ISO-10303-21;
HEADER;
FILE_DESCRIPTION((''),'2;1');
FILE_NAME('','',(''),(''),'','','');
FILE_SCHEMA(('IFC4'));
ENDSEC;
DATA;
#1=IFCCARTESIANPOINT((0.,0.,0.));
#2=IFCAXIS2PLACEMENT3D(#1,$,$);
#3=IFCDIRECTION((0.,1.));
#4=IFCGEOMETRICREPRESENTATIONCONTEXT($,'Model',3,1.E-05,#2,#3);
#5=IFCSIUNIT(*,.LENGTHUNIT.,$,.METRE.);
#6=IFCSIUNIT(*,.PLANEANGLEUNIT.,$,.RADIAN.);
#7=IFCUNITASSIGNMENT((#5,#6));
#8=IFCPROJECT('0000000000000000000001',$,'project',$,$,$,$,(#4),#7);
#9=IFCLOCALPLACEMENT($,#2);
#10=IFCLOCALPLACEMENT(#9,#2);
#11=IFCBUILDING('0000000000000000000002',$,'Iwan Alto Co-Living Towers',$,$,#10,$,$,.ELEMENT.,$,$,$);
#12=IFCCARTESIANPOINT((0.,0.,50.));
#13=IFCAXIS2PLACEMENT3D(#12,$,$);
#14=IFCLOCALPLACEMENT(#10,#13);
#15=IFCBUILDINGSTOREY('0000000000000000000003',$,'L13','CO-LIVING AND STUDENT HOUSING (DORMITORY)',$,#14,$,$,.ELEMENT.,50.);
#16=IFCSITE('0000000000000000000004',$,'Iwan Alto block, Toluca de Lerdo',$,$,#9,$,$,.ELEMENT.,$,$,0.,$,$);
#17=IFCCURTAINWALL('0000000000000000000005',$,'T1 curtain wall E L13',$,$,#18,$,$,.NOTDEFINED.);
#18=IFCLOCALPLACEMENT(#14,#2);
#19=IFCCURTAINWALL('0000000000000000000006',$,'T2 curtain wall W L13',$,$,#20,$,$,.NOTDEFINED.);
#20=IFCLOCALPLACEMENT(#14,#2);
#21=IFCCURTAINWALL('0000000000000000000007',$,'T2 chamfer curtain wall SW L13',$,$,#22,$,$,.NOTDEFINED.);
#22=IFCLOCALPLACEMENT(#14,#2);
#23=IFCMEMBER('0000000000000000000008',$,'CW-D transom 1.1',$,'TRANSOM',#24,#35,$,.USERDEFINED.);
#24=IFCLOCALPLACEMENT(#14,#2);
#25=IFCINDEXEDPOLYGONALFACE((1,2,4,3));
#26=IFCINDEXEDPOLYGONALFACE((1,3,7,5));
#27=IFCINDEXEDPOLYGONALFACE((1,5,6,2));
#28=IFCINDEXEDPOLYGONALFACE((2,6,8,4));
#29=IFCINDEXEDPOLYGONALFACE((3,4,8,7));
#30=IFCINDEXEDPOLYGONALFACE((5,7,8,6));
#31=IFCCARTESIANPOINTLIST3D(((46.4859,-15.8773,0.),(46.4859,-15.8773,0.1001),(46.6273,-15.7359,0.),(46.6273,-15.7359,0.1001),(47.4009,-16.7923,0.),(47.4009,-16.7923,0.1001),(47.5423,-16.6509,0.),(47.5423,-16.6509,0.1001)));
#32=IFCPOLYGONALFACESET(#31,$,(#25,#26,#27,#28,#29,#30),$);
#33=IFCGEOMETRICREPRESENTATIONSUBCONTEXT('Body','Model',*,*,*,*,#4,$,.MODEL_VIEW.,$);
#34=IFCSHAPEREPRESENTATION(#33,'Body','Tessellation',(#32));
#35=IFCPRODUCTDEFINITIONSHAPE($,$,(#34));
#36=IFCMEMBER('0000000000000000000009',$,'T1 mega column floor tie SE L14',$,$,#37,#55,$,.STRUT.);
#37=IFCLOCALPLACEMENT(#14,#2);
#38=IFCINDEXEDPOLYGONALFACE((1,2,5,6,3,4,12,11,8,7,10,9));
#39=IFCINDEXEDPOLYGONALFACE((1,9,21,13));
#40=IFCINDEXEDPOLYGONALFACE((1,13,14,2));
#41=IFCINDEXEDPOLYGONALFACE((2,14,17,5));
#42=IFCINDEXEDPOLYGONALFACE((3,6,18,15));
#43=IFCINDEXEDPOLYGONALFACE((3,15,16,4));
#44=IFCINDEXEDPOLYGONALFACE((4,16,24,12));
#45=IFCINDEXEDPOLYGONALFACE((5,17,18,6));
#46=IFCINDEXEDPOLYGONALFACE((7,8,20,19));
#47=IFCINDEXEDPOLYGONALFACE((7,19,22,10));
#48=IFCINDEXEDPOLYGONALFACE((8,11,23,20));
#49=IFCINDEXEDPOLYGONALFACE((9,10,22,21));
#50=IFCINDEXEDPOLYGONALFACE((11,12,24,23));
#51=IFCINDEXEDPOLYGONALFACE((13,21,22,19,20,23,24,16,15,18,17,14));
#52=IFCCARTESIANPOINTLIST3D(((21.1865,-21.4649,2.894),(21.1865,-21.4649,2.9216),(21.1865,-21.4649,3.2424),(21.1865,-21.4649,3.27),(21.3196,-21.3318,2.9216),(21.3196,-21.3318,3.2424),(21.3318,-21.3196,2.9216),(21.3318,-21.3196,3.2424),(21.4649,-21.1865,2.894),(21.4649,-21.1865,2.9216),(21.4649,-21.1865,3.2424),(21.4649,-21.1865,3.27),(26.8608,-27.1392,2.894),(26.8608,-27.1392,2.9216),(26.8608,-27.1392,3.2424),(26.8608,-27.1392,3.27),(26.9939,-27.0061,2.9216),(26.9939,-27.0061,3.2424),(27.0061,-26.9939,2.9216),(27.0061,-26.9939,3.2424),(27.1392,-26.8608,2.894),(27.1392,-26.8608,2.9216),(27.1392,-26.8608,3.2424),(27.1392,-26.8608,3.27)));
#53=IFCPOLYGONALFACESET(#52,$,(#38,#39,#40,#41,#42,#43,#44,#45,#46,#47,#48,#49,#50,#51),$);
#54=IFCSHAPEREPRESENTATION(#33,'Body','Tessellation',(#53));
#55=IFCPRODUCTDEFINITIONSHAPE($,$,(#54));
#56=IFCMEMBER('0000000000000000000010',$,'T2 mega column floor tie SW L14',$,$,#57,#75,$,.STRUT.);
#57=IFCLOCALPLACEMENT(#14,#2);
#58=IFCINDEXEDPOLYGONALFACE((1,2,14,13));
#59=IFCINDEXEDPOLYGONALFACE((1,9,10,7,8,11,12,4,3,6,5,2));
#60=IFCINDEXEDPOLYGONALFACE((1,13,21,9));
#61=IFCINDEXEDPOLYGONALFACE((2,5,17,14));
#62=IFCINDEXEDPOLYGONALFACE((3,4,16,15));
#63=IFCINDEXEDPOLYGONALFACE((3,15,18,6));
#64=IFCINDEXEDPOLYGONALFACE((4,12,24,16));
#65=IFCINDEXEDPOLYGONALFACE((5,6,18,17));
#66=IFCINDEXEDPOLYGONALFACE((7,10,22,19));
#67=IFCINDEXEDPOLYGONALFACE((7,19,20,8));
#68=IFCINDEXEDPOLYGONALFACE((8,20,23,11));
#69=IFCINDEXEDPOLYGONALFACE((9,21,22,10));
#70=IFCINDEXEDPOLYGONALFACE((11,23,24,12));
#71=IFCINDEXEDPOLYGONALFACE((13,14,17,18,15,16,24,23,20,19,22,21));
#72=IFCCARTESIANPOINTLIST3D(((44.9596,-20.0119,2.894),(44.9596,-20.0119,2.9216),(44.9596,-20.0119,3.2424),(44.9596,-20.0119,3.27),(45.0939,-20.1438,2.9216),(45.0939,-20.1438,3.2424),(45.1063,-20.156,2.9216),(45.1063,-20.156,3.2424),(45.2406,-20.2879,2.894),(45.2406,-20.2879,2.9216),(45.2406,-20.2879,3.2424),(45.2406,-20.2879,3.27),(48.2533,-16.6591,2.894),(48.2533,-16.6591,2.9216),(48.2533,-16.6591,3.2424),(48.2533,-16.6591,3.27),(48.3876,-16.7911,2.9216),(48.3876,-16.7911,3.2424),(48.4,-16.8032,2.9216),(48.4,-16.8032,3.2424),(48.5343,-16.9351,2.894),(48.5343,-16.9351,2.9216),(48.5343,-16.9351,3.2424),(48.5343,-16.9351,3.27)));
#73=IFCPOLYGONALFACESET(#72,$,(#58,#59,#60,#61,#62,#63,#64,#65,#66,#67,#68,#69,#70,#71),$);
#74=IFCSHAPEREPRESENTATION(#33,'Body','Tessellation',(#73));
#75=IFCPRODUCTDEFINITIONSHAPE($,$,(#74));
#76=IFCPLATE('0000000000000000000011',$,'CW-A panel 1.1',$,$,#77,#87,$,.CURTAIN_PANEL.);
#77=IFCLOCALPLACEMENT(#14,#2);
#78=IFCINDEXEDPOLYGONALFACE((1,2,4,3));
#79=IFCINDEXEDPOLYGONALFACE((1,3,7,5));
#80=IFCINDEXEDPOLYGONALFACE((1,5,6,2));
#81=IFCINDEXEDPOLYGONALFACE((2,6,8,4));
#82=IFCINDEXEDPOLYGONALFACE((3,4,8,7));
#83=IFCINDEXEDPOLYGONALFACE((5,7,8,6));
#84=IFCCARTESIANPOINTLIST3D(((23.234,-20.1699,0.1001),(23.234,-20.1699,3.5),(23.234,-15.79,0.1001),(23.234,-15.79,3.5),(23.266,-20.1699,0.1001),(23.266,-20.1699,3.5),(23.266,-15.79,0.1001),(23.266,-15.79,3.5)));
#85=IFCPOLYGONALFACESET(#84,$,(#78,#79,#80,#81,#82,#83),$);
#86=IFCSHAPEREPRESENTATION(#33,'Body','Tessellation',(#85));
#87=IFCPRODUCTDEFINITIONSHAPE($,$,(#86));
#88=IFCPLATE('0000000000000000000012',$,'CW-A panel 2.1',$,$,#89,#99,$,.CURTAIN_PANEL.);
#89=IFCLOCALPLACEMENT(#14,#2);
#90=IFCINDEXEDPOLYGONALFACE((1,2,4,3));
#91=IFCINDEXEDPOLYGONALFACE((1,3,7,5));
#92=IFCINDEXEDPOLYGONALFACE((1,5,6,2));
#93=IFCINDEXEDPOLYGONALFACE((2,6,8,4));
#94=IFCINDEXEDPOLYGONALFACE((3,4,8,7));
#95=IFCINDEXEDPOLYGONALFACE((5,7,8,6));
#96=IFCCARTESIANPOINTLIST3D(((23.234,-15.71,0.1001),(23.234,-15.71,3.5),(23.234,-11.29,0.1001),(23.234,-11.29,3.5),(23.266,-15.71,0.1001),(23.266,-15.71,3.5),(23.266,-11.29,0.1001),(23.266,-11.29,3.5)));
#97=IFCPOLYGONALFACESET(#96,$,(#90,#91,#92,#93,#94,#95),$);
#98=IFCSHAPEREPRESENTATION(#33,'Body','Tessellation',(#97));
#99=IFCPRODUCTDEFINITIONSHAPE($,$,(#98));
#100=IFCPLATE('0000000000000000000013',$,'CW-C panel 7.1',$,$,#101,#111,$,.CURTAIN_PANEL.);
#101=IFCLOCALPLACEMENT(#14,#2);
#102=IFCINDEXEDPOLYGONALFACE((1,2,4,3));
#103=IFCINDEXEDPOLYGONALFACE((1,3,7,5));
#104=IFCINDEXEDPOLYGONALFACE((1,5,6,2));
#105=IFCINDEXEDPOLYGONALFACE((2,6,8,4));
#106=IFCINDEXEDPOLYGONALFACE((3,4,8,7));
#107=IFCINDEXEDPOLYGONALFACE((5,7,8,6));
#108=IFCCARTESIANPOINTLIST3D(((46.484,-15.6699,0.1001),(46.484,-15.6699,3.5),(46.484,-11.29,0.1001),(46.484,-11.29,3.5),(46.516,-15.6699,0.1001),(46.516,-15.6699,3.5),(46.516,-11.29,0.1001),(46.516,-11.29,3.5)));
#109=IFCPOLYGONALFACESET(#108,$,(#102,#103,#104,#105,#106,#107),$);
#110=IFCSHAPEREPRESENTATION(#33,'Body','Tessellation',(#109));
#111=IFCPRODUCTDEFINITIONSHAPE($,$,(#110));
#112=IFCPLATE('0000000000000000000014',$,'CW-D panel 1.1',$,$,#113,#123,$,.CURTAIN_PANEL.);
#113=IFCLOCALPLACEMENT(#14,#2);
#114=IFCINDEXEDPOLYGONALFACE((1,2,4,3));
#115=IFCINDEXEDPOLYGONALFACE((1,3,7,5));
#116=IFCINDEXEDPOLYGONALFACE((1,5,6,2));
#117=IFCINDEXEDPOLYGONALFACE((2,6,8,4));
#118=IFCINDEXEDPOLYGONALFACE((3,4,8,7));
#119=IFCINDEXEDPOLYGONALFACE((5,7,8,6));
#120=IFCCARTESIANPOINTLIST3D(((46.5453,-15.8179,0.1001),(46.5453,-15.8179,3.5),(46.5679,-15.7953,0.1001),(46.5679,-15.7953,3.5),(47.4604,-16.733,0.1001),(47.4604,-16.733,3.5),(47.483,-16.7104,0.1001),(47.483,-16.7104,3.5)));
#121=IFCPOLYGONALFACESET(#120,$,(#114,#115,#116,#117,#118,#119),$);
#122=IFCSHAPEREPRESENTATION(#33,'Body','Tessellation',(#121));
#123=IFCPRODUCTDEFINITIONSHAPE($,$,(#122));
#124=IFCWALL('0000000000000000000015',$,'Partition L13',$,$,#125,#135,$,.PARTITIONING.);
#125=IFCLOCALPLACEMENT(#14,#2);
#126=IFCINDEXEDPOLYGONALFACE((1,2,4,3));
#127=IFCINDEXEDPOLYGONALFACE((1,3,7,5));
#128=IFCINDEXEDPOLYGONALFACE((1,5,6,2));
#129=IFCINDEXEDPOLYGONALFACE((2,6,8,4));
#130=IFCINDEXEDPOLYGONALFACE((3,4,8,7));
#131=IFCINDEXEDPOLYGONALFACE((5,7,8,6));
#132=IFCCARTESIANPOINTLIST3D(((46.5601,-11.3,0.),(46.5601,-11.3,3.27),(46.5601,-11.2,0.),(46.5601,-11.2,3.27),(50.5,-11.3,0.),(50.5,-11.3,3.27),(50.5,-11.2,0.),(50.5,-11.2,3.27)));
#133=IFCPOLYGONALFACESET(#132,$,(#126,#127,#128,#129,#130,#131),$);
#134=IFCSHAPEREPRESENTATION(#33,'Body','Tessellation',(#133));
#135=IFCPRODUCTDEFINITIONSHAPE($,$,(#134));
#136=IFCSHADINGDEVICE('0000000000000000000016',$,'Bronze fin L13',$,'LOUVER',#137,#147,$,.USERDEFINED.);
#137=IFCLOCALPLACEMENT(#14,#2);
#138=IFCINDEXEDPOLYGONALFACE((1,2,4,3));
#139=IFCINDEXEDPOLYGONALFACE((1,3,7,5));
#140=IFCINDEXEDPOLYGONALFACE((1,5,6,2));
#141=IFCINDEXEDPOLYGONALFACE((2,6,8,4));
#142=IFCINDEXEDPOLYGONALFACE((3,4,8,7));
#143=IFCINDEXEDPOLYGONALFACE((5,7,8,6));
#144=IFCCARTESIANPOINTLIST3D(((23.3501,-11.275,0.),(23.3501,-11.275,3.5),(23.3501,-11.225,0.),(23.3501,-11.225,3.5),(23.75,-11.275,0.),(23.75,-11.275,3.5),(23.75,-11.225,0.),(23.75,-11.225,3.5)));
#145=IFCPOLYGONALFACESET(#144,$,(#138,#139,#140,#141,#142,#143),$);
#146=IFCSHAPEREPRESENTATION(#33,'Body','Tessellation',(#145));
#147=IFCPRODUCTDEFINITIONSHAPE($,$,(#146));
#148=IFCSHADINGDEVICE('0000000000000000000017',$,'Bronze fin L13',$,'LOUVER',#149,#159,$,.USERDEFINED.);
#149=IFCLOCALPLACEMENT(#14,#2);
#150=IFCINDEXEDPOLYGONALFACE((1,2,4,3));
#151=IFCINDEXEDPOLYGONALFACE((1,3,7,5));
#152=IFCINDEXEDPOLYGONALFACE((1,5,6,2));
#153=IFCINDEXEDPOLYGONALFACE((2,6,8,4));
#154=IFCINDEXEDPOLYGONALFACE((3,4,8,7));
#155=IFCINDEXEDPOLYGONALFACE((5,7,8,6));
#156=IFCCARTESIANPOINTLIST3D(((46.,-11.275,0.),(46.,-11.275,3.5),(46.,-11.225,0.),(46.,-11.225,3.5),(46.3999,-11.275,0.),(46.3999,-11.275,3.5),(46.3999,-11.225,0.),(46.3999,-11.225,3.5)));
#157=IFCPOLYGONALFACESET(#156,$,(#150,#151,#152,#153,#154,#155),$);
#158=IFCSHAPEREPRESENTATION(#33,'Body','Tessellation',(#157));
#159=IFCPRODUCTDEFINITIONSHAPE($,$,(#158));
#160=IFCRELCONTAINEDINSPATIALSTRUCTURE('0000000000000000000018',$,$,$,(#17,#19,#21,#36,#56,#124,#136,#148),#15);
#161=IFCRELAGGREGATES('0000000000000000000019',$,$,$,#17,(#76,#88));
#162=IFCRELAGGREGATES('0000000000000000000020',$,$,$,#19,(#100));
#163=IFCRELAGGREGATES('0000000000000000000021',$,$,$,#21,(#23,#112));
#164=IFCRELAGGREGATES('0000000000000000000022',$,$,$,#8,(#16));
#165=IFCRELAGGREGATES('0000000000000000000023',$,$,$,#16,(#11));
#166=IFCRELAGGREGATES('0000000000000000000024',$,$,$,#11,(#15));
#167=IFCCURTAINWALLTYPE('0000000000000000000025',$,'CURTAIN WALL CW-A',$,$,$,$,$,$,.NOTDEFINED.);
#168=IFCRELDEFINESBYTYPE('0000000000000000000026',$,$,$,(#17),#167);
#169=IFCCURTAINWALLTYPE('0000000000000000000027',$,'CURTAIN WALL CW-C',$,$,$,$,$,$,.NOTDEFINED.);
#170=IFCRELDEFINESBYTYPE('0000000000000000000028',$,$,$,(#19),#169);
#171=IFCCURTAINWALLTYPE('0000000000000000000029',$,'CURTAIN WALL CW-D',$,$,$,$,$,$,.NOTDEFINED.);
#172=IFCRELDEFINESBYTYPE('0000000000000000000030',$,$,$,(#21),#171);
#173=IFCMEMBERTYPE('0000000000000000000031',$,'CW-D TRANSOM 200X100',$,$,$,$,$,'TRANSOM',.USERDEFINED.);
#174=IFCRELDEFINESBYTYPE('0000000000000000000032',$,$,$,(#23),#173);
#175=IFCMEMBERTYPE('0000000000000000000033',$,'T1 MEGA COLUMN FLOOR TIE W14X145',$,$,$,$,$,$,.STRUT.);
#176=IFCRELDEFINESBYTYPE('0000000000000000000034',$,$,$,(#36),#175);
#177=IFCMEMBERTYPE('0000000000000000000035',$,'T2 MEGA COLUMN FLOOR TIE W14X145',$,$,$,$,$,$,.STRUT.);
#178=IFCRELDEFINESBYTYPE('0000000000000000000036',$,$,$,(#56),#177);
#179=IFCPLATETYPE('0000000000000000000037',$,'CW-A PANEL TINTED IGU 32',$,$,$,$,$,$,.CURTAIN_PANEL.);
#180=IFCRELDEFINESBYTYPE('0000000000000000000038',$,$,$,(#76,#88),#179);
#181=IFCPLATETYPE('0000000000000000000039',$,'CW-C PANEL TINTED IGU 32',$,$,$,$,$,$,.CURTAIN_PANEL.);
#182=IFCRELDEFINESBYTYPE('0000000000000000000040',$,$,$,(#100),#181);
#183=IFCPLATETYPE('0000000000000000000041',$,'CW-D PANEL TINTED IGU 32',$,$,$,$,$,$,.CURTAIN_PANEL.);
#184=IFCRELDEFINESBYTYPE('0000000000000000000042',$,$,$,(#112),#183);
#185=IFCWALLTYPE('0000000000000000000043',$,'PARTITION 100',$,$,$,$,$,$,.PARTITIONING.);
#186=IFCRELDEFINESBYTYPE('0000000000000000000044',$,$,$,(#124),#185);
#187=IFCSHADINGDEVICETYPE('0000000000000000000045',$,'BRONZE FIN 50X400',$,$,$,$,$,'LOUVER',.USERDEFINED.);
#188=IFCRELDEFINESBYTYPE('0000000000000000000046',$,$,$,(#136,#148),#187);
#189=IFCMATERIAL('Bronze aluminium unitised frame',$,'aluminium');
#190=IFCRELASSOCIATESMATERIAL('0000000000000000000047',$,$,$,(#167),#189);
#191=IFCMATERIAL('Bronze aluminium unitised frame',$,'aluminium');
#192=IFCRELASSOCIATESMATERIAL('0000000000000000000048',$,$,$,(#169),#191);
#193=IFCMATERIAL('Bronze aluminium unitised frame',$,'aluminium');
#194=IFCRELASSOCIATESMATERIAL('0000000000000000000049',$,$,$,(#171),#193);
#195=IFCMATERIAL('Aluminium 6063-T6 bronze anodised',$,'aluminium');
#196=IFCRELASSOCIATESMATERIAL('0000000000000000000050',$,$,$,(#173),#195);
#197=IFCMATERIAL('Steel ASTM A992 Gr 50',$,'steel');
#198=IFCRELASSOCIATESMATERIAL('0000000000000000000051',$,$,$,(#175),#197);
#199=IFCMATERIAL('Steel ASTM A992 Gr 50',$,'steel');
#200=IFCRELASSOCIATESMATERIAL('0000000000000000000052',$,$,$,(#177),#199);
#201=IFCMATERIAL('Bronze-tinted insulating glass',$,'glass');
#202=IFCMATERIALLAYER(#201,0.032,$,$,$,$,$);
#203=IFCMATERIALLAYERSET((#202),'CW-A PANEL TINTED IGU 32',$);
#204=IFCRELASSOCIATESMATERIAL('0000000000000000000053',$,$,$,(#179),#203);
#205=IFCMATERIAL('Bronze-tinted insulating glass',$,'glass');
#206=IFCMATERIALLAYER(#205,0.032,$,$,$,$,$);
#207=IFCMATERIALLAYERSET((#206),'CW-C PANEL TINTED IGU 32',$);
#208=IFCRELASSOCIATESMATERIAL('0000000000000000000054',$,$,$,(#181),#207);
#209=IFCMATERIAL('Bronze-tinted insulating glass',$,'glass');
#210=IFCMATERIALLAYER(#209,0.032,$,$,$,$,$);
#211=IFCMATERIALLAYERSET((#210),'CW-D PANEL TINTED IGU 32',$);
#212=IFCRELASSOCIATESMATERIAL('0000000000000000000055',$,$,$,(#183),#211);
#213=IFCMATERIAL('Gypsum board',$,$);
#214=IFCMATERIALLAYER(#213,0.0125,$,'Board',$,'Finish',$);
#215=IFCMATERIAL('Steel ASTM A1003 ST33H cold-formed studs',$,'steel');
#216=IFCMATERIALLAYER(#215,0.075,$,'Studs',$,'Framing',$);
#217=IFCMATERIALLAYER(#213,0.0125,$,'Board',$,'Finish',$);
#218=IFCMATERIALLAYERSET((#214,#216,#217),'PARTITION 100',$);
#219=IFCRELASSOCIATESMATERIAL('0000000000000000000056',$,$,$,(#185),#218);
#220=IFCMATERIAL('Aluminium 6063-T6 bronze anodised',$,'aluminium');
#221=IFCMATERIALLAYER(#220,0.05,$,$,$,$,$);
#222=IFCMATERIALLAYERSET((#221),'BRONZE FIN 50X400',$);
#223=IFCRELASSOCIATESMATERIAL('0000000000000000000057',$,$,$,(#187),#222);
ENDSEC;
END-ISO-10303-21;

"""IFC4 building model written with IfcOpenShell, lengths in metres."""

from ifc_helpers import new_model, si_unit, direction, frame, frame_2d, origin, origin_2d, place, context, subcontext, project, spatial, rectangle, i_section, extrude, material, layer, layer_set, material_profile, profile_set, type_object, element, aggregate, save


model = new_model("IFC4")

# Units and contexts
model_context = context("Model", 3, precision=1e-05, world=origin(), true_north=direction((0.0, 1.0)))
body_context = subcontext(model_context, "Body", "Model", "MODEL_VIEW")
ifc_project = project(units=[si_unit("LENGTHUNIT", "METRE"), si_unit("PLANEANGLEUNIT", "RADIAN")], contexts=[model_context])

# Site, building, storey
site_placement = place(None, origin())
site = spatial("IfcSite", under=ifc_project, at=site_placement, Name="Iwan Alto block, Toluca de Lerdo", CompositionType="ELEMENT", RefElevation=0.0)
building_placement = place(site_placement, origin())
building = spatial("IfcBuilding", under=site, at=building_placement, Name="Iwan Alto Co-Living Towers", CompositionType="ELEMENT")
storey_placement = place(building_placement, frame((0.0, 0.0, 50.0)))
storey = spatial("IfcBuildingStorey", under=building, at=storey_placement, Name="L13", Description="CO-LIVING AND STUDENT HOUSING (DORMITORY)", CompositionType="ELEMENT", Elevation=50.0)

# Curtain walls, member
ifc_material_1 = material(Name="Bronze aluminium unitised frame", Category="aluminium")
curtain_wall_type_1 = type_object("IfcCurtainWallType", Name="CURTAIN WALL CW-A", PredefinedType="NOTDEFINED", material=ifc_material_1)
curtain_wall_1_placement = place(storey_placement, origin())
curtain_wall_1 = element("IfcCurtainWall", 1, at=curtain_wall_1_placement, inside=storey, type_object=curtain_wall_type_1, Name="T1 curtain wall E L13", PredefinedType="NOTDEFINED")
ifc_material_2 = material(Name="Bronze aluminium unitised frame", Category="aluminium")
curtain_wall_type_2 = type_object("IfcCurtainWallType", Name="CURTAIN WALL CW-C", PredefinedType="NOTDEFINED", material=ifc_material_2)
curtain_wall_2_placement = place(storey_placement, origin())
curtain_wall_2 = element("IfcCurtainWall", 2, at=curtain_wall_2_placement, inside=storey, type_object=curtain_wall_type_2, Name="T2 curtain wall W L13", PredefinedType="NOTDEFINED")
ifc_material_3 = material(Name="Bronze aluminium unitised frame", Category="aluminium")
curtain_wall_type_3 = type_object("IfcCurtainWallType", Name="CURTAIN WALL CW-D", PredefinedType="NOTDEFINED", material=ifc_material_3)
curtain_wall_3_placement = place(storey_placement, origin())
curtain_wall_3 = element("IfcCurtainWall", 3, at=curtain_wall_3_placement, inside=storey, type_object=curtain_wall_type_3, Name="T2 chamfer curtain wall SW L13", PredefinedType="NOTDEFINED")
ifc_material_4 = material(Name="Aluminium 6063-T6 bronze anodised", Category="aluminium")
ifc_material_profile_1 = material_profile(ifc_material_4, rectangle(XDim=0.2, YDim=0.1001, at=origin_2d()), Name="AL 200X100")
ifc_profile_set_1 = profile_set([ifc_material_profile_1], Name="Aluminium 6063-T6 bronze anodised")
member_type_1 = type_object("IfcMemberType", Name="CW-D TRANSOM 200X100", ElementType="TRANSOM", PredefinedType="USERDEFINED", material=ifc_profile_set_1)
member_1_placement = place(storey_placement, frame((46.5566, -15.8066, 0.05), z_axis=(0.707107, -0.707107, 0.0), x_axis=(0.707107, 0.707107, 0.0)))
member_1 = element("IfcMember", 4, at=member_1_placement, type_object=member_type_1, Name="CW-D transom 1.1", ObjectType="TRANSOM", PredefinedType="USERDEFINED", context=body_context, shape_type="SweptSolid", body=[
    extrude(rectangle(XDim=0.2, YDim=0.1001, at=origin_2d()), origin(), (0.0, 0.0, 1.0), 1.2939),
])

# Members
ifc_material_5 = material(Name="Steel ASTM A992 Gr 50", Category="steel")
ifc_material_profile_2 = material_profile(ifc_material_5, i_section(OverallWidth=0.3938, OverallDepth=0.376, WebThickness=0.0173, FlangeThickness=0.0276, at=origin_2d()), Name="W14X145")
ifc_profile_set_2 = profile_set([ifc_material_profile_2], Name="Steel ASTM A992 Gr 50")
member_type_2 = type_object("IfcMemberType", Name="T1 MEGA COLUMN FLOOR TIE W14X145", PredefinedType="STRUT", material=ifc_profile_set_2)
member_2_placement = place(storey_placement, frame((27.0, -27.0, 3.082), z_axis=(-0.707107, 0.707107, 0.0), x_axis=(-0.707107, -0.707107, 0.0)))
element("IfcMember", 5, at=member_2_placement, inside=storey, type_object=member_type_2, Name="T1 mega column floor tie SE L14", PredefinedType="STRUT", context=body_context, shape_type="SweptSolid", body=[
    extrude(i_section(OverallWidth=0.3938, OverallDepth=0.376, WebThickness=0.0173, FlangeThickness=0.0276, at=origin_2d()), origin(), (0.0, 0.0, 1.0), 8.0247),
])
ifc_material_6 = material(Name="Steel ASTM A992 Gr 50", Category="steel")
ifc_material_profile_3 = material_profile(ifc_material_6, i_section(OverallWidth=0.3938, OverallDepth=0.376, WebThickness=0.0173, FlangeThickness=0.0276, at=origin_2d()), Name="W14X145")
ifc_profile_set_3 = profile_set([ifc_material_profile_3], Name="Steel ASTM A992 Gr 50")
member_type_3 = type_object("IfcMemberType", Name="T2 MEGA COLUMN FLOOR TIE W14X145", PredefinedType="STRUT", material=ifc_profile_set_3)
member_3_placement = place(storey_placement, frame((45.1001, -20.1499, 3.082), z_axis=(0.700793, 0.713364, 0.0), x_axis=(-0.713364, 0.700793, 0.0)))
element("IfcMember", 6, at=member_3_placement, inside=storey, type_object=member_type_3, Name="T2 mega column floor tie SW L14", PredefinedType="STRUT", context=body_context, shape_type="SweptSolid", body=[
    extrude(i_section(OverallWidth=0.3938, OverallDepth=0.376, WebThickness=0.0173, FlangeThickness=0.0276, at=origin_2d()), origin(), (0.0, 0.0, 1.0), 4.7),
])

# Plates
ifc_material_7 = material(Name="Bronze-tinted insulating glass", Category="glass")
ifc_layer_1 = layer(ifc_material_7, 0.032)
ifc_layer_set_1 = layer_set([ifc_layer_1], Name="CW-A PANEL TINTED IGU 32")
plate_type_1 = type_object("IfcPlateType", Name="CW-A PANEL TINTED IGU 32", PredefinedType="CURTAIN_PANEL", material=ifc_layer_set_1)
plate_1_placement = place(storey_placement, frame((23.25, -17.98, 0.1001), z_axis=(0.0, 0.0, 1.0), x_axis=(0.0, 1.0, 0.0)))
plate_1 = element("IfcPlate", 7, at=plate_1_placement, type_object=plate_type_1, Name="CW-A panel 1.1", PredefinedType="CURTAIN_PANEL", context=body_context, shape_type="SweptSolid", body=[
    extrude(rectangle(XDim=4.3799, YDim=0.032, at=origin_2d()), origin(), (0.0, 0.0, 1.0), 3.3999),
])
plate_2_placement = place(storey_placement, frame((23.25, -13.5, 0.1001), z_axis=(0.0, 0.0, 1.0), x_axis=(0.0, 1.0, 0.0)))
plate_2 = element("IfcPlate", 8, at=plate_2_placement, type_object=plate_type_1, Name="CW-A panel 2.1", PredefinedType="CURTAIN_PANEL", context=body_context, shape_type="SweptSolid", body=[
    extrude(rectangle(XDim=4.4199, YDim=0.032, at=origin_2d()), origin(), (0.0, 0.0, 1.0), 3.3999),
])
aggregate(curtain_wall_1, [plate_1, plate_2])
ifc_material_8 = material(Name="Bronze-tinted insulating glass", Category="glass")
ifc_layer_2 = layer(ifc_material_8, 0.032)
ifc_layer_set_2 = layer_set([ifc_layer_2], Name="CW-C PANEL TINTED IGU 32")
plate_type_2 = type_object("IfcPlateType", Name="CW-C PANEL TINTED IGU 32", PredefinedType="CURTAIN_PANEL", material=ifc_layer_set_2)
plate_3_placement = place(storey_placement, frame((46.5, -13.48, 0.1001), z_axis=(0.0, 0.0, 1.0), x_axis=(0.0, -1.0, 0.0)))
plate_3 = element("IfcPlate", 9, at=plate_3_placement, type_object=plate_type_2, Name="CW-C panel 7.1", PredefinedType="CURTAIN_PANEL", context=body_context, shape_type="SweptSolid", body=[
    extrude(rectangle(XDim=4.3799, YDim=0.032, at=origin_2d()), origin(), (0.0, 0.0, 1.0), 3.3999),
])
aggregate(curtain_wall_2, [plate_3])
ifc_material_9 = material(Name="Bronze-tinted insulating glass", Category="glass")
ifc_layer_3 = layer(ifc_material_9, 0.032)
ifc_layer_set_3 = layer_set([ifc_layer_3], Name="CW-D PANEL TINTED IGU 32")
plate_type_3 = type_object("IfcPlateType", Name="CW-D PANEL TINTED IGU 32", PredefinedType="CURTAIN_PANEL", material=ifc_layer_set_3)
plate_4_placement = place(storey_placement, frame((47.0142, -16.2642, 0.1001), z_axis=(0.0, 0.0, 1.0), x_axis=(0.707107, -0.707107, 0.0)))
plate_4 = element("IfcPlate", 10, at=plate_4_placement, type_object=plate_type_3, Name="CW-D panel 1.1", PredefinedType="CURTAIN_PANEL", context=body_context, shape_type="SweptSolid", body=[
    extrude(rectangle(XDim=1.2942, YDim=0.032, at=origin_2d()), origin(), (0.0, 0.0, 1.0), 3.3999),
])
aggregate(curtain_wall_3, [member_1, plate_4])

# Wall
ifc_material_10 = material(Name="Gypsum board")
ifc_layer_4 = layer(ifc_material_10, 0.0125, Name="Board", Category="Finish")
ifc_material_11 = material(Name="Steel ASTM A1003 ST33H cold-formed studs", Category="steel")
ifc_layer_5 = layer(ifc_material_11, 0.075, Name="Studs", Category="Framing")
ifc_layer_6 = layer(ifc_material_10, 0.0125, Name="Board", Category="Finish")
ifc_layer_set_4 = layer_set([ifc_layer_4, ifc_layer_5, ifc_layer_6], Name="PARTITION 100")
wall_type = type_object("IfcWallType", Name="PARTITION 100", PredefinedType="PARTITIONING", material=ifc_layer_set_4)
wall_placement = place(storey_placement, frame((46.5601, -11.25, 0.0), z_axis=(0.0, 0.0, 1.0), x_axis=(1.0, 0.0, 0.0)))
element("IfcWall", 11, at=wall_placement, inside=storey, type_object=wall_type, Name="Partition L13", PredefinedType="PARTITIONING", context=body_context, shape_type="SweptSolid", body=[
    extrude(rectangle(XDim=3.9399, YDim=0.1001, at=frame_2d((1.97, 0.0))), origin(), (0.0, 0.0, 1.0), 3.27),
])

# Shading devices
ifc_material_12 = material(Name="Aluminium 6063-T6 bronze anodised", Category="aluminium")
ifc_layer_7 = layer(ifc_material_12, 0.05)
ifc_layer_set_5 = layer_set([ifc_layer_7], Name="BRONZE FIN 50X400")
shading_device_type = type_object("IfcShadingDeviceType", Name="BRONZE FIN 50X400", ElementType="LOUVER", PredefinedType="USERDEFINED", material=ifc_layer_set_5)
for number, where, z_axis, x_axis, name in (
    (12, (23.55, -11.25, 0.0), (0.0, 0.0, 1.0), (0.0, 1.0, 0.0), "Bronze fin L13"),
    (13, (46.2, -11.25, 0.0), (0.0, 0.0, 1.0), (0.0, -1.0, 0.0), "Bronze fin L13"),
):
    element("IfcShadingDevice", number, at=place(storey_placement, frame(where, z_axis=z_axis, x_axis=x_axis)), inside=storey, type_object=shading_device_type, Name=name, ObjectType="LOUVER", PredefinedType="USERDEFINED", context=body_context, shape_type="SweptSolid", body=[
        extrude(rectangle(XDim=0.05, YDim=0.3999, at=origin_2d()), origin(), (0.0, 0.0, 1.0), 3.5),
    ])

save(model, "model.ifc")
